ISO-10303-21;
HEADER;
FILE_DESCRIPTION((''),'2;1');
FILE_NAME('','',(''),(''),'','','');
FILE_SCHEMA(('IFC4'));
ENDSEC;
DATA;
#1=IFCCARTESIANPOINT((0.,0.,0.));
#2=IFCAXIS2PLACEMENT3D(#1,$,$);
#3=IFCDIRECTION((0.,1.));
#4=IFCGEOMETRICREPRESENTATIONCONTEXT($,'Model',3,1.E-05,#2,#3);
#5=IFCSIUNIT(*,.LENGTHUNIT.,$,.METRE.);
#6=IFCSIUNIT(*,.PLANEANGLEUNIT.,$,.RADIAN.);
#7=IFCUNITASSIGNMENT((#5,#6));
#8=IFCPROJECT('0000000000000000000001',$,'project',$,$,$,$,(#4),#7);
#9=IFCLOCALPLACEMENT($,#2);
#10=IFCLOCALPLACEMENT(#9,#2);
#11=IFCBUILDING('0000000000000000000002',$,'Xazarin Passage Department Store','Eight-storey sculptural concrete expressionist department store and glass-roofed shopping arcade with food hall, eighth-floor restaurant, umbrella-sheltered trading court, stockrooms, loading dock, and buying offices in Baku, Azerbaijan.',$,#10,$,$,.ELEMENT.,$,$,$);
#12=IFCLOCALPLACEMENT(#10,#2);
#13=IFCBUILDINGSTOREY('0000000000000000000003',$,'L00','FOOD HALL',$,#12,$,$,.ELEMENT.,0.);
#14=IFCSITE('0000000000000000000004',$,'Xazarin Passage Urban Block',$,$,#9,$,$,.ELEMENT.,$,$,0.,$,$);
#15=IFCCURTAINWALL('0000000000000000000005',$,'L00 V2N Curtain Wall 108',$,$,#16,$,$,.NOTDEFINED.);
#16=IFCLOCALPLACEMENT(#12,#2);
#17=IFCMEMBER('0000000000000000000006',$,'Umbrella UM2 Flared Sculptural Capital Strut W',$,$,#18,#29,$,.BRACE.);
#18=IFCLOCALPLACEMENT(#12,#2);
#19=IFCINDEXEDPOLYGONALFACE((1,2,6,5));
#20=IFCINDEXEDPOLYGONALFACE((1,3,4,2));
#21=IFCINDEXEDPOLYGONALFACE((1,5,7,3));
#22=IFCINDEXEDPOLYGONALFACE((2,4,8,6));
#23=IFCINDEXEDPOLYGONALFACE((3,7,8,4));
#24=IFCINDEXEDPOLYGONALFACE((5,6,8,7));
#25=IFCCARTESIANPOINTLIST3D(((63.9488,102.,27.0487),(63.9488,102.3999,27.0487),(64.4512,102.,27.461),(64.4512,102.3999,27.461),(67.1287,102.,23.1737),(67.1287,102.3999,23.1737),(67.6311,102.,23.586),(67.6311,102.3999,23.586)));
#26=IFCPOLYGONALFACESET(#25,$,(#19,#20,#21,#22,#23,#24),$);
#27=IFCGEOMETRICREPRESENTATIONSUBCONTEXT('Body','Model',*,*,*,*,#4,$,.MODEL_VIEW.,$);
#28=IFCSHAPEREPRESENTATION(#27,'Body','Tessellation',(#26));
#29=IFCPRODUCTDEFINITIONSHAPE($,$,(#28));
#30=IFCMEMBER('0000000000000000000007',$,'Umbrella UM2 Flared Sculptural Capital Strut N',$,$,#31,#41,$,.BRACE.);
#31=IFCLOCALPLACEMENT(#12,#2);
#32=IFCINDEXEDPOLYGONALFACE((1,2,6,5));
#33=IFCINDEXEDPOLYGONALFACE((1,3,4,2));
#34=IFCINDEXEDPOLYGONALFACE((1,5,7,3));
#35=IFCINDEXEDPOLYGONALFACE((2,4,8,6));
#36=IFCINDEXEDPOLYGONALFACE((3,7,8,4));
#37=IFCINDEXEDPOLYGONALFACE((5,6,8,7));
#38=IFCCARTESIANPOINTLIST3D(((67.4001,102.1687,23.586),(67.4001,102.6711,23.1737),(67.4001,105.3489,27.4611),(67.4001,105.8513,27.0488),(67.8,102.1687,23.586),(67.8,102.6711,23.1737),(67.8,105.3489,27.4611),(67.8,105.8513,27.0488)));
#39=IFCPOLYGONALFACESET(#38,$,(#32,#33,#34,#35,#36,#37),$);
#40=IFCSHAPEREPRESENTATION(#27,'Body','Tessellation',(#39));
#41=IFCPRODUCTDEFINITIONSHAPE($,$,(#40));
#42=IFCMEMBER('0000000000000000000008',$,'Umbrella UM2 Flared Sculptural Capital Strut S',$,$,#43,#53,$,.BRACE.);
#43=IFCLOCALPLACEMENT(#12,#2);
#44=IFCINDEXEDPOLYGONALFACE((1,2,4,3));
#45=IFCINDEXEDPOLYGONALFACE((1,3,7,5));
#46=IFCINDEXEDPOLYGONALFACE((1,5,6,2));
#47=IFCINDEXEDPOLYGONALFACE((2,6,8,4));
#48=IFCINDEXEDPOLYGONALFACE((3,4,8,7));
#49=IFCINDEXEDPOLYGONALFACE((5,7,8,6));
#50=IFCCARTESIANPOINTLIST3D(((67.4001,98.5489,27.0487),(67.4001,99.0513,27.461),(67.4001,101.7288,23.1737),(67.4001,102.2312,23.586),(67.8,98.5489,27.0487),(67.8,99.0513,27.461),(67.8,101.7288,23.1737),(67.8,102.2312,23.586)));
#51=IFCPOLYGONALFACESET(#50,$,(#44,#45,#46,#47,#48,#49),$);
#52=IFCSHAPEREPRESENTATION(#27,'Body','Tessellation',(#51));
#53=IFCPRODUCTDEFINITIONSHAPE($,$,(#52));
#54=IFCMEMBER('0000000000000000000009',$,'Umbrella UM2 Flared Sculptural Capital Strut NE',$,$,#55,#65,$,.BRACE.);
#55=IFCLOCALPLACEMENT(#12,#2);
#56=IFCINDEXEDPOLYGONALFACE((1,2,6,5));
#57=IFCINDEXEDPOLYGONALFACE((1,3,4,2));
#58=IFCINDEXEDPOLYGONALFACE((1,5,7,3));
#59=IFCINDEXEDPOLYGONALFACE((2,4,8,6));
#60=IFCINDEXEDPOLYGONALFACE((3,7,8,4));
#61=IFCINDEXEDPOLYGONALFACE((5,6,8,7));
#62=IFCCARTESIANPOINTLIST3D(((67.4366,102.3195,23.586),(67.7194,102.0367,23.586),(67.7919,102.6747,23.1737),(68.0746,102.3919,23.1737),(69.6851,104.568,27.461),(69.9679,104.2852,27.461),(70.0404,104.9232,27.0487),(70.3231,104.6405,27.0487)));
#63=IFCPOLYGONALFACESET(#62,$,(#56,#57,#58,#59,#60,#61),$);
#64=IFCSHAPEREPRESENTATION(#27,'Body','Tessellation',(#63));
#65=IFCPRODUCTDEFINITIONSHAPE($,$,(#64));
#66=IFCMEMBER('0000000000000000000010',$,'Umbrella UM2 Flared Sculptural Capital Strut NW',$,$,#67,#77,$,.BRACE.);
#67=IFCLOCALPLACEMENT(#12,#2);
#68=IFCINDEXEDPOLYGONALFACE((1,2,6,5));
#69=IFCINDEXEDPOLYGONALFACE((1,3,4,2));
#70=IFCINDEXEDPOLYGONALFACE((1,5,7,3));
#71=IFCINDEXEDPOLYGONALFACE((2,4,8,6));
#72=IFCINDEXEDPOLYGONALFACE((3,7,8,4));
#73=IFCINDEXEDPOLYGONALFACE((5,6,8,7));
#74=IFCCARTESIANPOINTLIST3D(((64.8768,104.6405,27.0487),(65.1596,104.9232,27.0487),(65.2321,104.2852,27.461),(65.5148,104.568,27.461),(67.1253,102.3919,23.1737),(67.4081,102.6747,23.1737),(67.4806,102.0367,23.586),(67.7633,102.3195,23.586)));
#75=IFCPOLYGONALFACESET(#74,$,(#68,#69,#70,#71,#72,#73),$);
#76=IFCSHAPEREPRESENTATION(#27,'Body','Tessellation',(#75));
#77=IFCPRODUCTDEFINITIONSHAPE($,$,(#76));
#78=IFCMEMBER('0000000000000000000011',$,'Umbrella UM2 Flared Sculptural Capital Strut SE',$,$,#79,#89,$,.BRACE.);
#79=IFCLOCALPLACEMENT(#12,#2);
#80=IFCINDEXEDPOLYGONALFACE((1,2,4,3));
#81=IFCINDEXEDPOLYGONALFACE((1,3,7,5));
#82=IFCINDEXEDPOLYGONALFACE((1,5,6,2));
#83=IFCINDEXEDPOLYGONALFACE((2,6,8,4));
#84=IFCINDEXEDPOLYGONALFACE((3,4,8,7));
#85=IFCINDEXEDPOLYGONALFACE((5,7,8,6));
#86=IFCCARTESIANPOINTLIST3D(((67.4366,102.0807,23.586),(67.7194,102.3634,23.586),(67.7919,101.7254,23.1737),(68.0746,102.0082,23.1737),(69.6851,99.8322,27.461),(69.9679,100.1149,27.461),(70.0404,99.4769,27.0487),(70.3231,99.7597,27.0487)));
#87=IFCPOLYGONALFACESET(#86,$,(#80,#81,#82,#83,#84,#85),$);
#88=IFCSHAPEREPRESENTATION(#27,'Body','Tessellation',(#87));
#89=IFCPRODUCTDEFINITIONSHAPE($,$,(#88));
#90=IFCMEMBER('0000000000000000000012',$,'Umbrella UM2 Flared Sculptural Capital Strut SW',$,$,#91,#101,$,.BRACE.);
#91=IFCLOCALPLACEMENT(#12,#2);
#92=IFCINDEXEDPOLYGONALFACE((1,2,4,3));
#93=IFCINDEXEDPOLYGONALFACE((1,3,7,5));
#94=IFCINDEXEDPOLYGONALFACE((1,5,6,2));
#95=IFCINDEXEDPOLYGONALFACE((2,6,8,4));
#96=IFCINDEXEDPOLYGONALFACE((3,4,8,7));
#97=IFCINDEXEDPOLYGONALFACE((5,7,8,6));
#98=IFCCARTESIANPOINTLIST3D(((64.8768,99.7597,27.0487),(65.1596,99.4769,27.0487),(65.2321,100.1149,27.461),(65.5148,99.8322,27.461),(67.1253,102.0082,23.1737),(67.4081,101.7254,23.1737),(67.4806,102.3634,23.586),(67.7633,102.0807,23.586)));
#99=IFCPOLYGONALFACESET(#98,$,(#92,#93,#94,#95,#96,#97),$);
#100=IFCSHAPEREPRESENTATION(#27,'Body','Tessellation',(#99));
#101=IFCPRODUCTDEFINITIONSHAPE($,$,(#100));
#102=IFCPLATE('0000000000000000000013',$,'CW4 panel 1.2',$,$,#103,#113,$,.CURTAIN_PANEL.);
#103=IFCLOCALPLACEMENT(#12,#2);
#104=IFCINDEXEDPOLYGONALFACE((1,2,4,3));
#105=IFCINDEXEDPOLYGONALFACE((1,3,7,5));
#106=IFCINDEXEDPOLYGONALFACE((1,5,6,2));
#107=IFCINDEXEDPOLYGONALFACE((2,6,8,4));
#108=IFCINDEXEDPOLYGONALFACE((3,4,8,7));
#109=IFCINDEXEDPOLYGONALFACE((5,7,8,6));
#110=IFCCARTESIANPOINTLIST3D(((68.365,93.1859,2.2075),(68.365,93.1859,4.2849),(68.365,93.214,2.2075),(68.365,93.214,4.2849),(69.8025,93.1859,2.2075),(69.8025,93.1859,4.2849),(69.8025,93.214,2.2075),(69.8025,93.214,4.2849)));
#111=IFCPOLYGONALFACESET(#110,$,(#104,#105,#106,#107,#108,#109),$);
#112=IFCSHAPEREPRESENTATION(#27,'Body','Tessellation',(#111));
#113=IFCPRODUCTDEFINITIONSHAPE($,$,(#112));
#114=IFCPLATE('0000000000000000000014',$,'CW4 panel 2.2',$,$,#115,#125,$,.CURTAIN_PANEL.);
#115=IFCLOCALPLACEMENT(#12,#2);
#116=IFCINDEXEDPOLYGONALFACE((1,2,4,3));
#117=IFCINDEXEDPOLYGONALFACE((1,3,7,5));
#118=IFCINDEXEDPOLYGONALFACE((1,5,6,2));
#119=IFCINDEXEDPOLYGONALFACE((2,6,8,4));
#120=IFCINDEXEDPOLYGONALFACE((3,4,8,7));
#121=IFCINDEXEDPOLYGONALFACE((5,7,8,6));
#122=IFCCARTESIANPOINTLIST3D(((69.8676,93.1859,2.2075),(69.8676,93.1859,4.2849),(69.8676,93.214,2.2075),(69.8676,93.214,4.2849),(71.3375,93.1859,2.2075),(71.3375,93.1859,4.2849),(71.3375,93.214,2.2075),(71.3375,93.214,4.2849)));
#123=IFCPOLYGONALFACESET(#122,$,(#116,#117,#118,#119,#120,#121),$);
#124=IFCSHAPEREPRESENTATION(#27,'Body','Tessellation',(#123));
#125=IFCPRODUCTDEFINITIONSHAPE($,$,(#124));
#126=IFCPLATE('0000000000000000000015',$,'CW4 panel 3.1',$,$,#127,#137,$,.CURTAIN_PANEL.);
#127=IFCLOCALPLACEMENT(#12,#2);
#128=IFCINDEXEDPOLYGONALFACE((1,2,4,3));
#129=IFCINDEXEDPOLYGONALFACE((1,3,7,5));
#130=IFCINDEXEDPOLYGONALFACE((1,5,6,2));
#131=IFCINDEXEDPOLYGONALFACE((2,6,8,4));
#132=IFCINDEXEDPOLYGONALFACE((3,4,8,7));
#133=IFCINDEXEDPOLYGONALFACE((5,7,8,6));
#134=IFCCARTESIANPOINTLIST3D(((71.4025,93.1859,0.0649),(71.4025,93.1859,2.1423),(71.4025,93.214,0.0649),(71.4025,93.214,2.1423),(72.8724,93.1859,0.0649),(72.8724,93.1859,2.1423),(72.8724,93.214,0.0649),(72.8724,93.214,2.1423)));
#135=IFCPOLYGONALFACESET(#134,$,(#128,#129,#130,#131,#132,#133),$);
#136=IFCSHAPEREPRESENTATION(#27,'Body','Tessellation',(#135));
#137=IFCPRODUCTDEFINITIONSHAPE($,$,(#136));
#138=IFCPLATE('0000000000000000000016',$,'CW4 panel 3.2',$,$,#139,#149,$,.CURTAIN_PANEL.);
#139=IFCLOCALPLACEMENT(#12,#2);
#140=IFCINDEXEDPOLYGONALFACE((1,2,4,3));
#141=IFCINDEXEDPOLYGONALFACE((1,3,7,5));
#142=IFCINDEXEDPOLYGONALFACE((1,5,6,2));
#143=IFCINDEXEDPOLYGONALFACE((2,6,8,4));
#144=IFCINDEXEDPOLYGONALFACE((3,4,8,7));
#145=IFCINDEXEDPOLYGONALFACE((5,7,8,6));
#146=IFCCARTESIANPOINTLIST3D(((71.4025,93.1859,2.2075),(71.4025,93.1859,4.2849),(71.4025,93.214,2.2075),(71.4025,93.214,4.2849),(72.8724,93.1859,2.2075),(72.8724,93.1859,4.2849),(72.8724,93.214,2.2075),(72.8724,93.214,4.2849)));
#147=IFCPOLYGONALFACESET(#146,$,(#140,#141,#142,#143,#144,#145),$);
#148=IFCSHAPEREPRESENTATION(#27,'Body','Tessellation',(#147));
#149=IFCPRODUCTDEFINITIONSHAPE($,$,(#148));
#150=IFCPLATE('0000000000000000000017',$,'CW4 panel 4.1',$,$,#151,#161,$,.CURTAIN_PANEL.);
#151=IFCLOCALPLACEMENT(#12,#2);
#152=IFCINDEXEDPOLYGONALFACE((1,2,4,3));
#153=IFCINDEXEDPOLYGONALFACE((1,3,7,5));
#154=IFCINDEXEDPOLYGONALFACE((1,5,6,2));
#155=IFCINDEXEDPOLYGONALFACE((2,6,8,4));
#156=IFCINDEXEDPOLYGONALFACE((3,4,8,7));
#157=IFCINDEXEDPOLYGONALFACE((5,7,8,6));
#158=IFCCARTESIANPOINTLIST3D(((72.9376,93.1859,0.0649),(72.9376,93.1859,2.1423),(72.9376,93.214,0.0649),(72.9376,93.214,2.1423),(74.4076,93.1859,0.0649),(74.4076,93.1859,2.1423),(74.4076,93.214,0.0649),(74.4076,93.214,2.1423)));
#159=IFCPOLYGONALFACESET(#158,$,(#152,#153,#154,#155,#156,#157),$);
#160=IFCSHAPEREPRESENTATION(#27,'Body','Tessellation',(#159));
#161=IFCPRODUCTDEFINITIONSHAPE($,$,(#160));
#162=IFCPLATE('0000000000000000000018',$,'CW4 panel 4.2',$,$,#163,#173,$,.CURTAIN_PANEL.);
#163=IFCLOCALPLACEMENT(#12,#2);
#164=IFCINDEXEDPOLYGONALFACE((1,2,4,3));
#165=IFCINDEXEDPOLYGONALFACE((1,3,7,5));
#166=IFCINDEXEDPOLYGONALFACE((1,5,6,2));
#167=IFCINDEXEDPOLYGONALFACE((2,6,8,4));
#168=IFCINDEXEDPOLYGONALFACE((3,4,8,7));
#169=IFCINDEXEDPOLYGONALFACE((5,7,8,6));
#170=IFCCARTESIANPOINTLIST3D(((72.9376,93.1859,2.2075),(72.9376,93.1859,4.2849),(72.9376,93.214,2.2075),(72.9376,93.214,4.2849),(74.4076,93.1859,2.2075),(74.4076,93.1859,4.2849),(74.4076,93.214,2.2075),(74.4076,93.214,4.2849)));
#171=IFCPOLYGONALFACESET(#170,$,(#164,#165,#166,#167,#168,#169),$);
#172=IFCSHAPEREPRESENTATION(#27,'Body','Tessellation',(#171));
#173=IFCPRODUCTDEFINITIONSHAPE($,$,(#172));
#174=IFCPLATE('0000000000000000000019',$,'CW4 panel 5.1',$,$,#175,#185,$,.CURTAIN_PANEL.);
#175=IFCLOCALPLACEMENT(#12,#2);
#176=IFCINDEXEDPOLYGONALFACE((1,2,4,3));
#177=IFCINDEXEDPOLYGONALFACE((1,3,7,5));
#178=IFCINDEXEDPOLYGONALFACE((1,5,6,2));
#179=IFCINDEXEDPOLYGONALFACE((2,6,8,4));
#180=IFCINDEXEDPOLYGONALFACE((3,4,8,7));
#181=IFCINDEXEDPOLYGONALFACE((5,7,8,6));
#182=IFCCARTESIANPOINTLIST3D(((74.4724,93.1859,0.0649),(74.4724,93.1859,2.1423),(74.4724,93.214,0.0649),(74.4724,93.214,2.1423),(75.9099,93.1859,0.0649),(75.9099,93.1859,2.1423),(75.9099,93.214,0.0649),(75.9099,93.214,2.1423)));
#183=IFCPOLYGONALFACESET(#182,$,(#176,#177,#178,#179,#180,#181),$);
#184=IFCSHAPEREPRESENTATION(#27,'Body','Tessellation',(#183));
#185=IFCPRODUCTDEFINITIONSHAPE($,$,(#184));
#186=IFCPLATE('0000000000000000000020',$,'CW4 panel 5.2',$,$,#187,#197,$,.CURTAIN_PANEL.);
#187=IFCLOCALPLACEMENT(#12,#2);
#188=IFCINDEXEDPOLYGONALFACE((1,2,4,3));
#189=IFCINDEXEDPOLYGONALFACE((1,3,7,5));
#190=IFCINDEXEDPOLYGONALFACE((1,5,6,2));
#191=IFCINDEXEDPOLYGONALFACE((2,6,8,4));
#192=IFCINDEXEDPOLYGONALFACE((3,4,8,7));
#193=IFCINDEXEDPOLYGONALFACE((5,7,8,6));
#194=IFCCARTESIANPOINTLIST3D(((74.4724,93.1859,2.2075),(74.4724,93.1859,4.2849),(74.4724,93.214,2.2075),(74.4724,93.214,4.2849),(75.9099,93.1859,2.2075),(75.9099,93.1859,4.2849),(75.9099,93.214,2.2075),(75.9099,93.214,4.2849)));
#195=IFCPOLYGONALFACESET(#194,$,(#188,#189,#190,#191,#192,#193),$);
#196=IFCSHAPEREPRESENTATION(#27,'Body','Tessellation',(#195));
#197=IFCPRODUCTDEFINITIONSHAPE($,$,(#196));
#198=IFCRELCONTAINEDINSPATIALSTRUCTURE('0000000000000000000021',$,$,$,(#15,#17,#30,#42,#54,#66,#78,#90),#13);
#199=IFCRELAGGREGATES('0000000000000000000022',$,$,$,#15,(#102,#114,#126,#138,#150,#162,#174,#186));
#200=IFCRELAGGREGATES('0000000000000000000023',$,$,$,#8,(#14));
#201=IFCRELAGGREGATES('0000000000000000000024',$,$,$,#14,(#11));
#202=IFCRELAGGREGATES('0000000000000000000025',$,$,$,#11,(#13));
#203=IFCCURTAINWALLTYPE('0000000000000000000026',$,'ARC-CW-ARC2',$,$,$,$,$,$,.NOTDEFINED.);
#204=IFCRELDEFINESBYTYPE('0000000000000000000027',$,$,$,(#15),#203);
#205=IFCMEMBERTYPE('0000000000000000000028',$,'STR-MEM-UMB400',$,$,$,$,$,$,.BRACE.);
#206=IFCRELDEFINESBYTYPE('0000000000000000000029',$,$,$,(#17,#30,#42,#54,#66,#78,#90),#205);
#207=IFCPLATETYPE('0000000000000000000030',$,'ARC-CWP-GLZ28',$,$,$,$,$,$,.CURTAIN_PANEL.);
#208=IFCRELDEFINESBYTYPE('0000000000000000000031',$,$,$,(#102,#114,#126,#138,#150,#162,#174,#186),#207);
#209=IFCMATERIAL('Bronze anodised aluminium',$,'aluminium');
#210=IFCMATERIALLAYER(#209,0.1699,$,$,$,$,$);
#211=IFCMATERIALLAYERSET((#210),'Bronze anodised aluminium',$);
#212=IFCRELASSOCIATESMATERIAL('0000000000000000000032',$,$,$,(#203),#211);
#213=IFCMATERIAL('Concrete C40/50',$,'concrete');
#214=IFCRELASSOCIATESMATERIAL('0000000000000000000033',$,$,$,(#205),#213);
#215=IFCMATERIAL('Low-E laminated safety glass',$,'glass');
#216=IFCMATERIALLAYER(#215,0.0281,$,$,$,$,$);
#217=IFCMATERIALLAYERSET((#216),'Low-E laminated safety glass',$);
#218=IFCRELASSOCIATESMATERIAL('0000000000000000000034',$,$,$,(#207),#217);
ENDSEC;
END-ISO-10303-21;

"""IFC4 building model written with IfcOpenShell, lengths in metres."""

from ifc_helpers import new_model, si_unit, direction, frame, origin, origin_2d, place, context, subcontext, project, spatial, rectangle, extrude, material, layer, layer_set, material_profile, profile_set, type_object, element, aggregate, save


model = new_model("IFC4")

# Units and contexts
model_context = context("Model", 3, precision=1e-05, world=origin(), true_north=direction((0.0, 1.0)))
body_context = subcontext(model_context, "Body", "Model", "MODEL_VIEW")
ifc_project = project(units=[si_unit("LENGTHUNIT", "METRE"), si_unit("PLANEANGLEUNIT", "RADIAN")], contexts=[model_context])

# Site, building, storey
site_placement = place(None, origin())
site = spatial("IfcSite", under=ifc_project, at=site_placement, Name="Xazarin Passage Urban Block", CompositionType="ELEMENT", RefElevation=0.0)
building_placement = place(site_placement, origin())
building = spatial("IfcBuilding", under=site, at=building_placement, Name="Xazarin Passage Department Store", Description="Eight-storey sculptural concrete expressionist department store and glass-roofed shopping arcade with food hall, eighth-floor restaurant, umbrella-sheltered trading court, stockrooms, loading dock, and buying offices in Baku, Azerbaijan.", CompositionType="ELEMENT")
storey_placement = place(building_placement, origin())
storey = spatial("IfcBuildingStorey", under=building, at=storey_placement, Name="L00", Description="FOOD HALL", CompositionType="ELEMENT", Elevation=0.0)

# Curtain wall
ifc_material_1 = material(Name="Bronze anodised aluminium", Category="aluminium")
ifc_layer_1 = layer(ifc_material_1, 0.1699)
ifc_layer_set_1 = layer_set([ifc_layer_1], Name="Bronze anodised aluminium")
curtain_wall_type = type_object("IfcCurtainWallType", Name="ARC-CW-ARC2", PredefinedType="NOTDEFINED", material=ifc_layer_set_1)
curtain_wall_placement = place(storey_placement, origin())
curtain_wall = element("IfcCurtainWall", 1, at=curtain_wall_placement, inside=storey, type_object=curtain_wall_type, Name="L00 V2N Curtain Wall 108", PredefinedType="NOTDEFINED")

# Members
ifc_material_2 = material(Name="Concrete C40/50", Category="concrete")
ifc_material_profile_1 = material_profile(ifc_material_2, rectangle(XDim=0.3999, YDim=0.6499, at=origin_2d()), Name="RC 400x650")
ifc_profile_set_1 = profile_set([ifc_material_profile_1], Name="Concrete C40/50")
member_type_1 = type_object("IfcMemberType", Name="STR-MEM-UMB400", PredefinedType="BRACE", material=ifc_profile_set_1)
for number, where, z_axis, x_axis, name in (
    (2, (67.3799, 102.2, 23.3799), (-0.63437, 0.0, 0.77303), (0.0, -1.0, 0.0), "Umbrella UM2 Flared Sculptural Capital Strut W"),
):
    element("IfcMember", number, at=place(storey_placement, frame(where, z_axis=z_axis, x_axis=x_axis)), inside=storey, type_object=member_type_1, Name=name, PredefinedType="BRACE", context=body_context, shape_type="SweptSolid", body=[
        extrude(rectangle(XDim=0.3999, YDim=0.6499, at=origin_2d()), origin(), (0.0, 0.0, 1.0), 5.0127),
    ])
member_1_placement = place(storey_placement, frame((67.6001, 102.4199, 23.3799), z_axis=(0.0, 0.634399, 0.773006), x_axis=(-1.0, 0.0, 0.0)))
element("IfcMember", 3, at=member_1_placement, inside=storey, type_object=member_type_1, Name="Umbrella UM2 Flared Sculptural Capital Strut N", PredefinedType="BRACE", context=body_context, shape_type="SweptSolid", body=[
    extrude(rectangle(XDim=0.3999, YDim=0.6499, at=origin_2d()), origin(), (0.0, 0.0, 1.0), 5.0129),
])
for number, where, z_axis, x_axis, name in (
    (4, (67.6001, 101.98, 23.3799), (0.0, -0.63437, 0.77303), (1.0, 0.0, 0.0), "Umbrella UM2 Flared Sculptural Capital Strut S"),
    (5, (67.7556, 102.3557, 23.3799), (0.448565, 0.448565, 0.773032), (-0.707107, 0.707107, 0.0), "Umbrella UM2 Flared Sculptural Capital Strut NE"),
    (6, (67.4443, 102.3557, 23.3799), (-0.448565, 0.448565, 0.773032), (-0.707107, -0.707107, 0.0), "Umbrella UM2 Flared Sculptural Capital Strut NW"),
    (7, (67.7556, 102.0444, 23.3799), (0.448565, -0.448565, 0.773032), (0.707107, 0.707107, 0.0), "Umbrella UM2 Flared Sculptural Capital Strut SE"),
    (8, (67.4443, 102.0444, 23.3799), (-0.448565, -0.448565, 0.773032), (0.707107, -0.707107, 0.0), "Umbrella UM2 Flared Sculptural Capital Strut SW"),
):
    element("IfcMember", number, at=place(storey_placement, frame(where, z_axis=z_axis, x_axis=x_axis)), inside=storey, type_object=member_type_1, Name=name, PredefinedType="BRACE", context=body_context, shape_type="SweptSolid", body=[
        extrude(rectangle(XDim=0.3999, YDim=0.6499, at=origin_2d()), origin(), (0.0, 0.0, 1.0), 5.0127),
    ])

# Plates
ifc_material_3 = material(Name="Low-E laminated safety glass", Category="glass")
ifc_layer_2 = layer(ifc_material_3, 0.0281)
ifc_layer_set_2 = layer_set([ifc_layer_2], Name="Low-E laminated safety glass")
plate_type = type_object("IfcPlateType", Name="ARC-CWP-GLZ28", PredefinedType="CURTAIN_PANEL", material=ifc_layer_set_2)
plate_1_placement = place(storey_placement, frame((69.0837, 93.2, 2.2075), z_axis=(0.0, 0.0, 1.0), x_axis=(1.0, 0.0, 0.0)))
plate_1 = element("IfcPlate", 9, at=plate_1_placement, type_object=plate_type, Name="CW4 panel 1.2", PredefinedType="CURTAIN_PANEL", context=body_context, shape_type="SweptSolid", body=[
    extrude(rectangle(XDim=1.4375, YDim=0.0281, at=origin_2d()), origin(), (0.0, 0.0, 1.0), 2.0774),
])
plate_2_placement = place(storey_placement, frame((70.6025, 93.2, 2.2075), z_axis=(0.0, 0.0, 1.0), x_axis=(1.0, 0.0, 0.0)))
plate_2 = element("IfcPlate", 10, at=plate_2_placement, type_object=plate_type, Name="CW4 panel 2.2", PredefinedType="CURTAIN_PANEL", context=body_context, shape_type="SweptSolid", body=[
    extrude(rectangle(XDim=1.47, YDim=0.0281, at=origin_2d()), origin(), (0.0, 0.0, 1.0), 2.0774),
])
plate_3_placement = place(storey_placement, frame((72.1375, 93.2, 0.0649), z_axis=(0.0, 0.0, 1.0), x_axis=(1.0, 0.0, 0.0)))
plate_3 = element("IfcPlate", 11, at=plate_3_placement, type_object=plate_type, Name="CW4 panel 3.1", PredefinedType="CURTAIN_PANEL", context=body_context, shape_type="SweptSolid", body=[
    extrude(rectangle(XDim=1.47, YDim=0.0281, at=origin_2d()), origin(), (0.0, 0.0, 1.0), 2.0774),
])
plate_4_placement = place(storey_placement, frame((72.1375, 93.2, 2.2075), z_axis=(0.0, 0.0, 1.0), x_axis=(1.0, 0.0, 0.0)))
plate_4 = element("IfcPlate", 12, at=plate_4_placement, type_object=plate_type, Name="CW4 panel 3.2", PredefinedType="CURTAIN_PANEL", context=body_context, shape_type="SweptSolid", body=[
    extrude(rectangle(XDim=1.47, YDim=0.0281, at=origin_2d()), origin(), (0.0, 0.0, 1.0), 2.0774),
])
plate_5_placement = place(storey_placement, frame((73.6726, 93.2, 0.0649), z_axis=(0.0, 0.0, 1.0), x_axis=(1.0, 0.0, 0.0)))
plate_5 = element("IfcPlate", 13, at=plate_5_placement, type_object=plate_type, Name="CW4 panel 4.1", PredefinedType="CURTAIN_PANEL", context=body_context, shape_type="SweptSolid", body=[
    extrude(rectangle(XDim=1.47, YDim=0.0281, at=origin_2d()), origin(), (0.0, 0.0, 1.0), 2.0774),
])
plate_6_placement = place(storey_placement, frame((73.6726, 93.2, 2.2075), z_axis=(0.0, 0.0, 1.0), x_axis=(1.0, 0.0, 0.0)))
plate_6 = element("IfcPlate", 14, at=plate_6_placement, type_object=plate_type, Name="CW4 panel 4.2", PredefinedType="CURTAIN_PANEL", context=body_context, shape_type="SweptSolid", body=[
    extrude(rectangle(XDim=1.47, YDim=0.0281, at=origin_2d()), origin(), (0.0, 0.0, 1.0), 2.0774),
])
plate_7_placement = place(storey_placement, frame((75.1912, 93.2, 0.0649), z_axis=(0.0, 0.0, 1.0), x_axis=(1.0, 0.0, 0.0)))
plate_7 = element("IfcPlate", 15, at=plate_7_placement, type_object=plate_type, Name="CW4 panel 5.1", PredefinedType="CURTAIN_PANEL", context=body_context, shape_type="SweptSolid", body=[
    extrude(rectangle(XDim=1.4375, YDim=0.0281, at=origin_2d()), origin(), (0.0, 0.0, 1.0), 2.0774),
])
plate_8_placement = place(storey_placement, frame((75.1912, 93.2, 2.2075), z_axis=(0.0, 0.0, 1.0), x_axis=(1.0, 0.0, 0.0)))
plate_8 = element("IfcPlate", 16, at=plate_8_placement, type_object=plate_type, Name="CW4 panel 5.2", PredefinedType="CURTAIN_PANEL", context=body_context, shape_type="SweptSolid", body=[
    extrude(rectangle(XDim=1.4375, YDim=0.0281, at=origin_2d()), origin(), (0.0, 0.0, 1.0), 2.0774),
])
aggregate(curtain_wall, [plate_1, plate_2, plate_3, plate_4, plate_5, plate_6, plate_7, plate_8])

save(model, "model.ifc")
